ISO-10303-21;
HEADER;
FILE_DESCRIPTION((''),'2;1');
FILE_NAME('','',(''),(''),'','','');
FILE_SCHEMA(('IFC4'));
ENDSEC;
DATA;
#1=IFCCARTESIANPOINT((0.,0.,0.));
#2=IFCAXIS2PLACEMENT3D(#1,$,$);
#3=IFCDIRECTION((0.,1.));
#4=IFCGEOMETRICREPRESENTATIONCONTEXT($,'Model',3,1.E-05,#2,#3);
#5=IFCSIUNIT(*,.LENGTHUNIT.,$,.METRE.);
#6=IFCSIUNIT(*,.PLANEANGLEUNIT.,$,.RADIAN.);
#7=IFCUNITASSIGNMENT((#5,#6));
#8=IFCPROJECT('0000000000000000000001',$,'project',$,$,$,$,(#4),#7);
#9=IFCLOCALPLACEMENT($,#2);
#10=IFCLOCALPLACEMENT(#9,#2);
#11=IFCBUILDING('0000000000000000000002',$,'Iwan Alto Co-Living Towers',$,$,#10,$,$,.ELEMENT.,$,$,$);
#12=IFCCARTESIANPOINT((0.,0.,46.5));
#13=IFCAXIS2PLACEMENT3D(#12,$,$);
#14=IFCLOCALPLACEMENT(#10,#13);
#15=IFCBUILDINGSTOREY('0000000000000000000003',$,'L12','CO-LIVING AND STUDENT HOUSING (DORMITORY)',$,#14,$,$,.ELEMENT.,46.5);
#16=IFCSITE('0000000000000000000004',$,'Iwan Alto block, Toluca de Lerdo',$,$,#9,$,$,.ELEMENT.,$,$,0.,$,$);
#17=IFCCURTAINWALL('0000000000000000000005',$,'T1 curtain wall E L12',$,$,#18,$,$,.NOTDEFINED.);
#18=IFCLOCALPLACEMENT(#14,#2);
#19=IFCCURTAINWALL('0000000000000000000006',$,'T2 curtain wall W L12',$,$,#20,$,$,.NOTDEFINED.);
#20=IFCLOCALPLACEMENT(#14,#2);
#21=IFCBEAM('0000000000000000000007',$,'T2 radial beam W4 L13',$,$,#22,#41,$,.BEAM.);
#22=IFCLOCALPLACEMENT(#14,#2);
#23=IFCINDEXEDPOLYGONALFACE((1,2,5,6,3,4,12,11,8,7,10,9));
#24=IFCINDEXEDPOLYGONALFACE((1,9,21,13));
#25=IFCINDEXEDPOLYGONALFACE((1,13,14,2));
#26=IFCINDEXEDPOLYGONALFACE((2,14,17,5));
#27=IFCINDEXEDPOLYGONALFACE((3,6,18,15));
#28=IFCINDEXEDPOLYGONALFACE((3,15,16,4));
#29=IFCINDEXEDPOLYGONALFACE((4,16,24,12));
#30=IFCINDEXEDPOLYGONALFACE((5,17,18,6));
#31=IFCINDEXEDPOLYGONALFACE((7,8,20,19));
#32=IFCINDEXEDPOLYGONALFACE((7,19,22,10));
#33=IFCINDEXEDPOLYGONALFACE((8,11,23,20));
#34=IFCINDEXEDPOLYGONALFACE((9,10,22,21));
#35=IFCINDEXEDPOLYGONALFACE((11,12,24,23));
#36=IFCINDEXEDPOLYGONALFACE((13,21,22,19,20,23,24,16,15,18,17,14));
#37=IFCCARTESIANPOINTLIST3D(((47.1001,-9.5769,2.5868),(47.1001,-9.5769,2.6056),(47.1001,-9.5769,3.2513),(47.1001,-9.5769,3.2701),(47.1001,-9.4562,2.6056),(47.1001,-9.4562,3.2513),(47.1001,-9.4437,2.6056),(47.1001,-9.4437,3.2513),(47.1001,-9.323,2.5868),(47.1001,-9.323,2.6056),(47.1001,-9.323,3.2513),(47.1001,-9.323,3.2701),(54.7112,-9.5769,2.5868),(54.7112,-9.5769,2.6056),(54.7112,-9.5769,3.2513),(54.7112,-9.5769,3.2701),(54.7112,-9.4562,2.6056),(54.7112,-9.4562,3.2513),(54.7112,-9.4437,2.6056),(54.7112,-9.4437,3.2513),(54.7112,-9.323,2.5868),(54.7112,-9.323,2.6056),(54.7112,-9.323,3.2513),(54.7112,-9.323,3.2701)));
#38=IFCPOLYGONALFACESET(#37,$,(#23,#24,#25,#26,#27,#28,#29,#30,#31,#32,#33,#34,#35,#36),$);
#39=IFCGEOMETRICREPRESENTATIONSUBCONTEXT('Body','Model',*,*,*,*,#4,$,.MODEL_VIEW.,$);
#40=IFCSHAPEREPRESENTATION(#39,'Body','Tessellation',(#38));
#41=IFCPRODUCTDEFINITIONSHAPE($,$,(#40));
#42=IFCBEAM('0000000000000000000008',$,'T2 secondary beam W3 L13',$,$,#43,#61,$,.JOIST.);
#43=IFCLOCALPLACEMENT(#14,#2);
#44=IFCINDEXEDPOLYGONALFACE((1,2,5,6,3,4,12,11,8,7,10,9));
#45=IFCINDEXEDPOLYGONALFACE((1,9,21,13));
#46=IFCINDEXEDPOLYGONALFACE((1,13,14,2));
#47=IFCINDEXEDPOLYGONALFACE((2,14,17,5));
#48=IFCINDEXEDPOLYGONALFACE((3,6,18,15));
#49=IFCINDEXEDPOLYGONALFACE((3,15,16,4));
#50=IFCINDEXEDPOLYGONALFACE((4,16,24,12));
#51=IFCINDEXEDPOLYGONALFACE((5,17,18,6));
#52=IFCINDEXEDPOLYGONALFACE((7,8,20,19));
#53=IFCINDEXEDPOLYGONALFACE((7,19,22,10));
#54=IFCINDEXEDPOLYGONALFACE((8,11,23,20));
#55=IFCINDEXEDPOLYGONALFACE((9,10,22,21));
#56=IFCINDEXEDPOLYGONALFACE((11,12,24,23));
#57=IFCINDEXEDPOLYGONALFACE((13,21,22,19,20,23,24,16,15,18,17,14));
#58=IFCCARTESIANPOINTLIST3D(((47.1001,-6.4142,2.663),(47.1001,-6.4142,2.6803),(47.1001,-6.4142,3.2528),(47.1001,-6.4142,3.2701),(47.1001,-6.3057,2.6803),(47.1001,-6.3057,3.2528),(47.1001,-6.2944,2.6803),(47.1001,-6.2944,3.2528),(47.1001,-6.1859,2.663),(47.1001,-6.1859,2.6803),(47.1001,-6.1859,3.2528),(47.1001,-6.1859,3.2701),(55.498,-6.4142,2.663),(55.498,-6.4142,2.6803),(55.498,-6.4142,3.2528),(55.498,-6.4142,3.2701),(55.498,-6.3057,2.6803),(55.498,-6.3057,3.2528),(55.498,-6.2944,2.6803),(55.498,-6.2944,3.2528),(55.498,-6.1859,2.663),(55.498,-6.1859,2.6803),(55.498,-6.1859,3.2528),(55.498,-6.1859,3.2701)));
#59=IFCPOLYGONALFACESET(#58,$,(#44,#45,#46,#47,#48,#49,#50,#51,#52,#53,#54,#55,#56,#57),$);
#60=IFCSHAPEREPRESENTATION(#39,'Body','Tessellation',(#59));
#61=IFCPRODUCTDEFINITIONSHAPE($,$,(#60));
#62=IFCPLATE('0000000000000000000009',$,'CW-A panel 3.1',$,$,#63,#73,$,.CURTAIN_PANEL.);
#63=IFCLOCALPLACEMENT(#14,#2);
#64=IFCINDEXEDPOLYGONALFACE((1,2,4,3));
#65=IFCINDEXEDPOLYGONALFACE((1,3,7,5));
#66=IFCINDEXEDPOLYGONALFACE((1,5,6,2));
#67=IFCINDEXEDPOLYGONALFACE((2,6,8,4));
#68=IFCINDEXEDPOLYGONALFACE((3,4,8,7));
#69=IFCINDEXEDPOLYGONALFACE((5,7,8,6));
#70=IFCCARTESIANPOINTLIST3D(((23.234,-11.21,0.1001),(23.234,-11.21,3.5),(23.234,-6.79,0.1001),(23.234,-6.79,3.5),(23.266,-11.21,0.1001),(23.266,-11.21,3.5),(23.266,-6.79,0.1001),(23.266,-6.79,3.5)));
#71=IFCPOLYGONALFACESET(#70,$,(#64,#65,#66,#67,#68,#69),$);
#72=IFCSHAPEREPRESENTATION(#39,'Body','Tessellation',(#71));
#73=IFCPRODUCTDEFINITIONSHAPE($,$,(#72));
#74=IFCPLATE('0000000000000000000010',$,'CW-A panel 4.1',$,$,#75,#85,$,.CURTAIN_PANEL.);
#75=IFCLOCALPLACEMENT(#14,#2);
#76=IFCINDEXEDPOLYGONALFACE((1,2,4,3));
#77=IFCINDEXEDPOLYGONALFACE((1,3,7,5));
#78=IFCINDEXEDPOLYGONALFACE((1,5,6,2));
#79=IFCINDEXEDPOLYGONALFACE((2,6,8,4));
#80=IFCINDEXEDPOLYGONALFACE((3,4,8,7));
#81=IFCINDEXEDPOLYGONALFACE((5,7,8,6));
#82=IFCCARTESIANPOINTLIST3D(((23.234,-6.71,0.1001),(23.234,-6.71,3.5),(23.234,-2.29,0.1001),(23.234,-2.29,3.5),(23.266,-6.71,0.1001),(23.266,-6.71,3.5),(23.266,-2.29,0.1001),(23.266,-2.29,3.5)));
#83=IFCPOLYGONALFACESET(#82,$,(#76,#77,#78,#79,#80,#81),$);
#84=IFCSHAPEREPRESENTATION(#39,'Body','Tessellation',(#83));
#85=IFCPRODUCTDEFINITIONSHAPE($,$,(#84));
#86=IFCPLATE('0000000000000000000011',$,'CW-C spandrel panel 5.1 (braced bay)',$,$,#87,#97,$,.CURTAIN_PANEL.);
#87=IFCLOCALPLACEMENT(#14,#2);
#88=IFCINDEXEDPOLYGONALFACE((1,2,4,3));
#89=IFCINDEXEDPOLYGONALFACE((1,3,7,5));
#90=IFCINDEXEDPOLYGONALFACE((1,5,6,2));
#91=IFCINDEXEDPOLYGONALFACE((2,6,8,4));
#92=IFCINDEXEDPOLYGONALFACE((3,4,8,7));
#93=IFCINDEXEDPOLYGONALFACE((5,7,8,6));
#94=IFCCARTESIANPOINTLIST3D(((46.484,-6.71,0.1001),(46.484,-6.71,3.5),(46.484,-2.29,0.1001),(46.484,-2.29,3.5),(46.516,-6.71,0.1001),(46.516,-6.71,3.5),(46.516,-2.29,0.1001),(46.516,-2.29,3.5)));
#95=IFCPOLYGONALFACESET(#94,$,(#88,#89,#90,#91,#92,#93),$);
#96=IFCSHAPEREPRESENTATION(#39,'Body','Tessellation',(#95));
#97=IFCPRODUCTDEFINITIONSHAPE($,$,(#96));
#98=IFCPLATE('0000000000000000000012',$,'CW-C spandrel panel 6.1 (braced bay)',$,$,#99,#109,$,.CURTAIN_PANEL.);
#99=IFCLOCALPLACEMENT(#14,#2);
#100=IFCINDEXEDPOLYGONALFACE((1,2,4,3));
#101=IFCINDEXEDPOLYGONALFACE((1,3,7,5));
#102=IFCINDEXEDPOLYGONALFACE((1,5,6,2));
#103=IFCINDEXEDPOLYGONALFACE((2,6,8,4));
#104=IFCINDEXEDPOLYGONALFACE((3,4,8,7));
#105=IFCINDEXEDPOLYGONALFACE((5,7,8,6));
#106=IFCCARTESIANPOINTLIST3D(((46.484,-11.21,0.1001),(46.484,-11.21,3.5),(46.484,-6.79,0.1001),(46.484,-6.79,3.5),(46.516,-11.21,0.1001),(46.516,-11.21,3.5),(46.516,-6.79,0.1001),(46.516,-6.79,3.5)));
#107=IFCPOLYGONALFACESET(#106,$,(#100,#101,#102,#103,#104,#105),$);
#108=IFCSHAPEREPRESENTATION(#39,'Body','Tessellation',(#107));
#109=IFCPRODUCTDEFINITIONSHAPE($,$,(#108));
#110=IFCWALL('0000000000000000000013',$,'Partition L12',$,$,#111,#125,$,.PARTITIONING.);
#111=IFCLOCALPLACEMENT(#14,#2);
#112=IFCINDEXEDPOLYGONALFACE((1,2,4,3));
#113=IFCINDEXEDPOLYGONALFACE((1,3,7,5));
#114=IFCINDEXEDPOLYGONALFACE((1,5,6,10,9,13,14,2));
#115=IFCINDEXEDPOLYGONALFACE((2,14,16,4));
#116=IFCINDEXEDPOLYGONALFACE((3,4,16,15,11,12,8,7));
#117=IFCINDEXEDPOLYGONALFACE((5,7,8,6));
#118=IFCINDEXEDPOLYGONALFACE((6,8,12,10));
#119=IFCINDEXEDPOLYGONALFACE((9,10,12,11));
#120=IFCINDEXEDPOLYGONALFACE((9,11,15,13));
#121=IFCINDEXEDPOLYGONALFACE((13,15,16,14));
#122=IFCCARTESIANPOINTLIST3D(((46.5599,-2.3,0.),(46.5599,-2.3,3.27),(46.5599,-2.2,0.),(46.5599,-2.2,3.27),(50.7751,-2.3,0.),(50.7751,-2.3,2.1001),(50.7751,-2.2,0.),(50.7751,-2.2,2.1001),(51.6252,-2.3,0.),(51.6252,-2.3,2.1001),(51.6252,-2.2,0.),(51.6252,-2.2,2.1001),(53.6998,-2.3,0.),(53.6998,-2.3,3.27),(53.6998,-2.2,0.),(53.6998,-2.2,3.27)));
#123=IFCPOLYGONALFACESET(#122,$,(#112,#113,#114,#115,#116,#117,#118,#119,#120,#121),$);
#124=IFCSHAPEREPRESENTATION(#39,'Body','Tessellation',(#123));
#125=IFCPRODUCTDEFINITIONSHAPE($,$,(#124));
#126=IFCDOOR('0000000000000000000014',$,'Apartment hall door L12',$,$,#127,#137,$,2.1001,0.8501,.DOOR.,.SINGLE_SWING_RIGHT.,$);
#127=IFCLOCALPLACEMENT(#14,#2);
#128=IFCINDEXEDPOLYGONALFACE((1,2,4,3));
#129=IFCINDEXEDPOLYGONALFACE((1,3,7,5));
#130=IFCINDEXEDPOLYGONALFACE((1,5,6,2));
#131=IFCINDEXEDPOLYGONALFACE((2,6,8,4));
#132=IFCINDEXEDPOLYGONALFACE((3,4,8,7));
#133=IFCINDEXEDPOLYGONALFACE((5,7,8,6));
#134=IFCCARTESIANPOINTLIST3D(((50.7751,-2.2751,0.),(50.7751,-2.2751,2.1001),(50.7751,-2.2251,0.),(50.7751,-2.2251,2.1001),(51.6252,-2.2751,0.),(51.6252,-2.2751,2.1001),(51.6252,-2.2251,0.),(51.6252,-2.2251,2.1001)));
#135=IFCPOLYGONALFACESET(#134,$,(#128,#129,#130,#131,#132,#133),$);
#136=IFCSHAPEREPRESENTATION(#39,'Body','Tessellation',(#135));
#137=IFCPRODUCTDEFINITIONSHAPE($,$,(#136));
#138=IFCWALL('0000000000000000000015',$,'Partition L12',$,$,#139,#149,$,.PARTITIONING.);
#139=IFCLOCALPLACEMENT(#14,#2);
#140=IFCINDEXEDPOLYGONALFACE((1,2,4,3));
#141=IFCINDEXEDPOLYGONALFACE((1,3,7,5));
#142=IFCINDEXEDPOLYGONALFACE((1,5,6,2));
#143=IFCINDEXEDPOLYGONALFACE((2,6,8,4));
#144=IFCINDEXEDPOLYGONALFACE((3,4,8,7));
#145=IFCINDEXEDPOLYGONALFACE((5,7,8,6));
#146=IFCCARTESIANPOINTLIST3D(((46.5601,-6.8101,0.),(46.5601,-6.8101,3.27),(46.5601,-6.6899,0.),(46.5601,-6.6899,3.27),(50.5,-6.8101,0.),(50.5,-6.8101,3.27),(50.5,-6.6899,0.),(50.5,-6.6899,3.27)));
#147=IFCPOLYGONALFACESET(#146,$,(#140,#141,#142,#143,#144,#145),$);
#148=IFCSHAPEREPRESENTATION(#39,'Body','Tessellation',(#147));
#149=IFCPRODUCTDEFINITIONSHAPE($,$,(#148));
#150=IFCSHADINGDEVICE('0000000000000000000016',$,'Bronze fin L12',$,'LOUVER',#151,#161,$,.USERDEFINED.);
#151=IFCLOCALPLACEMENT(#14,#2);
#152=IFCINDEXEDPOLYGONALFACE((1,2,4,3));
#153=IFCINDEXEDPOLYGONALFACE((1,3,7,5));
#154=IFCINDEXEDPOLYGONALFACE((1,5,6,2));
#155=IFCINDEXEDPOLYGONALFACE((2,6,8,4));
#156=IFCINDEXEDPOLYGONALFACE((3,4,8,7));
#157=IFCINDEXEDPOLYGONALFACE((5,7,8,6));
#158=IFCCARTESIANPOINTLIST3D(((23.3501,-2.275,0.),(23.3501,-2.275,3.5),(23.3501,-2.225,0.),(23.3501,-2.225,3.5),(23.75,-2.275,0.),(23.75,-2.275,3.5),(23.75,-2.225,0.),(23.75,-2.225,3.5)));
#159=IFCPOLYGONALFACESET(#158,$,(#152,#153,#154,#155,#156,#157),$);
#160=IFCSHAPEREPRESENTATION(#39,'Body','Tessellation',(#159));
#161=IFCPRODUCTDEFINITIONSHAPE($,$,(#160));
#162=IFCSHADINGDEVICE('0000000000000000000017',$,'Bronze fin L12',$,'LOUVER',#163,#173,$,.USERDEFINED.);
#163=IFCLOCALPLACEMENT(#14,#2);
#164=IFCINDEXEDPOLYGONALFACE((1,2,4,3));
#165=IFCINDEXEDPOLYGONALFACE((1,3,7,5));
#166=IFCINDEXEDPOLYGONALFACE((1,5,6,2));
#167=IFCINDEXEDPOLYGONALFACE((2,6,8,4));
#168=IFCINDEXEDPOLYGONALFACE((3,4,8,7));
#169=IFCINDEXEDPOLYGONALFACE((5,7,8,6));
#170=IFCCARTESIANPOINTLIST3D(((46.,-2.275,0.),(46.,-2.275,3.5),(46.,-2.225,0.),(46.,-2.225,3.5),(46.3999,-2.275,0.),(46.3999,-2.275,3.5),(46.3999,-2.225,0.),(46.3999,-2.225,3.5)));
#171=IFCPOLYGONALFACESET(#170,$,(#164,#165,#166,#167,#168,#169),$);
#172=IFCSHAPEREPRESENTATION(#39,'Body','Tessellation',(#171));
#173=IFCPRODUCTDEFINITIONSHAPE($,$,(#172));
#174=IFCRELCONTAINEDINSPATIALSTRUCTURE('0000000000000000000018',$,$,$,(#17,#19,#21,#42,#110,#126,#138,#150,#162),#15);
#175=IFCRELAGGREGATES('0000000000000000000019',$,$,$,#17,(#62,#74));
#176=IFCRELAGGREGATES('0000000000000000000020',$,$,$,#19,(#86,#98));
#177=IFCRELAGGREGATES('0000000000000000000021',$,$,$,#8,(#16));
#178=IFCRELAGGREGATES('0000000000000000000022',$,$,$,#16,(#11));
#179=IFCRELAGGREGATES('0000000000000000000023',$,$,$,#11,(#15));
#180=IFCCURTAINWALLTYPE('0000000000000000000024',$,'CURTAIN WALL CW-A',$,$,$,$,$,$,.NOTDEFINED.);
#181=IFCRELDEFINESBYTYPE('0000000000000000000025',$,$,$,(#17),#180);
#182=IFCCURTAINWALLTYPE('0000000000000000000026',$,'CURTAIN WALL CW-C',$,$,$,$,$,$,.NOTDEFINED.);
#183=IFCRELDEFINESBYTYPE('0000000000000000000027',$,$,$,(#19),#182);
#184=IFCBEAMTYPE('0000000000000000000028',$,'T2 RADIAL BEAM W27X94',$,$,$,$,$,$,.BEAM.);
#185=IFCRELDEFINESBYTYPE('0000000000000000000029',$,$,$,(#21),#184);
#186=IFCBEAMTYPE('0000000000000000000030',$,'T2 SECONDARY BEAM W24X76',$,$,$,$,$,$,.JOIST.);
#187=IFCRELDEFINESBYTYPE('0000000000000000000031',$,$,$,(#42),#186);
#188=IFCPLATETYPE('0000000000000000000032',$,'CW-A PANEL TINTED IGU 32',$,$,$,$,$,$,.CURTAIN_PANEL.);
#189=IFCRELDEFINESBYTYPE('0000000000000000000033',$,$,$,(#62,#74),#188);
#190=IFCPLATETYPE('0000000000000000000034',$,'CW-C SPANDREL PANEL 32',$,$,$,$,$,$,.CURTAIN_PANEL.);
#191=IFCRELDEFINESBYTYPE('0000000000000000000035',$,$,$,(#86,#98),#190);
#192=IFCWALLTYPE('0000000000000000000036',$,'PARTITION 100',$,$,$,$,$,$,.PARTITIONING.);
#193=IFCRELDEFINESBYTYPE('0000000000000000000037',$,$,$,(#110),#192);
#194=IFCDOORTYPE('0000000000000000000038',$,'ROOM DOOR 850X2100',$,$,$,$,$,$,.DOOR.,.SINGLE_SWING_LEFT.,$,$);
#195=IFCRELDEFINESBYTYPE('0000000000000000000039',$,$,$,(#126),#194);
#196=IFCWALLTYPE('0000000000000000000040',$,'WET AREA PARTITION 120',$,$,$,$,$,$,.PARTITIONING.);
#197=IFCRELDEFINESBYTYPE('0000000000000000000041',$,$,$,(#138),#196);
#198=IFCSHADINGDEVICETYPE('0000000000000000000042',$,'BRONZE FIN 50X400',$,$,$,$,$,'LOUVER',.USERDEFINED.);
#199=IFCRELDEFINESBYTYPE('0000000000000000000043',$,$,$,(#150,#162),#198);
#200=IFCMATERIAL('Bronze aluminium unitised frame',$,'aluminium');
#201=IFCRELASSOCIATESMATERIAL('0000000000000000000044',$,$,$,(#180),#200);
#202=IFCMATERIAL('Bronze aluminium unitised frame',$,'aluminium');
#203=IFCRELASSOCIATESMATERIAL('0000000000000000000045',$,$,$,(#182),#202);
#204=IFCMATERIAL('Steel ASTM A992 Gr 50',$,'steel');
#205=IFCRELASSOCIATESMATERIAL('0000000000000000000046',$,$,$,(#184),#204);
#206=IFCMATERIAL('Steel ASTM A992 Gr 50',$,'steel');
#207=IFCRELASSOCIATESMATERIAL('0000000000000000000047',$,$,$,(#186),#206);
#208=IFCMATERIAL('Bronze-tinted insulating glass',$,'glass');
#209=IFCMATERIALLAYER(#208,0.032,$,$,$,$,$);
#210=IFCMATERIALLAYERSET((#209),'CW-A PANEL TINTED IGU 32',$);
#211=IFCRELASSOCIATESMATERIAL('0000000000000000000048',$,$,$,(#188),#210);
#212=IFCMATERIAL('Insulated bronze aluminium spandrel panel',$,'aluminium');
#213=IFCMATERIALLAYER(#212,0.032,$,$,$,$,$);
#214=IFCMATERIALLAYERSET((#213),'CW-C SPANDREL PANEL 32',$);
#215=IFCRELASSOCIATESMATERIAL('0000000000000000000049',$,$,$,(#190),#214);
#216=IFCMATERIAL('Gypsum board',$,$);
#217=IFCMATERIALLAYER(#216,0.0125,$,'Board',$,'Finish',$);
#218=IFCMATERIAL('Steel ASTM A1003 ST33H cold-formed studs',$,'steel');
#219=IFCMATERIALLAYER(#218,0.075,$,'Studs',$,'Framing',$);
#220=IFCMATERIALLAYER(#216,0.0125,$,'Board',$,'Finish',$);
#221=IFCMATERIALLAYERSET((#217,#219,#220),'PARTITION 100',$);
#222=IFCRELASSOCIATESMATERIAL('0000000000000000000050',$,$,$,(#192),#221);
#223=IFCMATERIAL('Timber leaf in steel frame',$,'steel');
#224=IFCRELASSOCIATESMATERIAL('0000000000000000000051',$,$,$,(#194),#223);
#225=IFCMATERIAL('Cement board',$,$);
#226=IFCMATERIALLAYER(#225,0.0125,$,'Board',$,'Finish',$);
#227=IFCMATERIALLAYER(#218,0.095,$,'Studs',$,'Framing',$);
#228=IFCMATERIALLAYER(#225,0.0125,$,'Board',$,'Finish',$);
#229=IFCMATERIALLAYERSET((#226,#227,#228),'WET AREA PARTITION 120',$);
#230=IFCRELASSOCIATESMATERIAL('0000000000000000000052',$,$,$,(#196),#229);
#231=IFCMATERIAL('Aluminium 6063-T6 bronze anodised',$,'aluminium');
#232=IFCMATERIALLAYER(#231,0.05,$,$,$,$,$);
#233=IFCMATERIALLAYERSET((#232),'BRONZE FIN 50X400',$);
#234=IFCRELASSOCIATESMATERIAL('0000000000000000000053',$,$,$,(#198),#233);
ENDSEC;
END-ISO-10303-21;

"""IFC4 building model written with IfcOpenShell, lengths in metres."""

from ifc_helpers import new_model, si_unit, direction, frame, frame_2d, origin, origin_2d, place, context, subcontext, project, spatial, rectangle, i_section, extrude, material, layer, layer_set, material_profile, profile_set, type_object, element, fill, aggregate, save


model = new_model("IFC4")

# Units and contexts
model_context = context("Model", 3, precision=1e-05, world=origin(), true_north=direction((0.0, 1.0)))
body_context = subcontext(model_context, "Body", "Model", "MODEL_VIEW")
ifc_project = project(units=[si_unit("LENGTHUNIT", "METRE"), si_unit("PLANEANGLEUNIT", "RADIAN")], contexts=[model_context])

# Site, building, storey
site_placement = place(None, origin())
site = spatial("IfcSite", under=ifc_project, at=site_placement, Name="Iwan Alto block, Toluca de Lerdo", CompositionType="ELEMENT", RefElevation=0.0)
building_placement = place(site_placement, origin())
building = spatial("IfcBuilding", under=site, at=building_placement, Name="Iwan Alto Co-Living Towers", CompositionType="ELEMENT")
storey_placement = place(building_placement, frame((0.0, 0.0, 46.5)))
storey = spatial("IfcBuildingStorey", under=building, at=storey_placement, Name="L12", Description="CO-LIVING AND STUDENT HOUSING (DORMITORY)", CompositionType="ELEMENT", Elevation=46.5)

# Curtain walls
ifc_material_1 = material(Name="Bronze aluminium unitised frame", Category="aluminium")
curtain_wall_type_1 = type_object("IfcCurtainWallType", Name="CURTAIN WALL CW-A", PredefinedType="NOTDEFINED", material=ifc_material_1)
curtain_wall_1_placement = place(storey_placement, origin())
curtain_wall_1 = element("IfcCurtainWall", 1, at=curtain_wall_1_placement, inside=storey, type_object=curtain_wall_type_1, Name="T1 curtain wall E L12", PredefinedType="NOTDEFINED")
ifc_material_2 = material(Name="Bronze aluminium unitised frame", Category="aluminium")
curtain_wall_type_2 = type_object("IfcCurtainWallType", Name="CURTAIN WALL CW-C", PredefinedType="NOTDEFINED", material=ifc_material_2)
curtain_wall_2_placement = place(storey_placement, origin())
curtain_wall_2 = element("IfcCurtainWall", 2, at=curtain_wall_2_placement, inside=storey, type_object=curtain_wall_type_2, Name="T2 curtain wall W L12", PredefinedType="NOTDEFINED")

# Beams
ifc_material_3 = material(Name="Steel ASTM A992 Gr 50", Category="steel")
ifc_material_profile_1 = material_profile(ifc_material_3, i_section(OverallWidth=0.2539, OverallDepth=0.6833, WebThickness=0.0125, FlangeThickness=0.0188, at=origin_2d()), Name="W27X94")
ifc_profile_set_1 = profile_set([ifc_material_profile_1], Name="Steel ASTM A992 Gr 50")
beam_type_1 = type_object("IfcBeamType", Name="T2 RADIAL BEAM W27X94", PredefinedType="BEAM", material=ifc_profile_set_1)
beam_1_placement = place(storey_placement, frame((47.1001, -9.45, 2.9285), z_axis=(1.0, 0.0, 0.0), x_axis=(0.0, 1.0, 0.0)))
element("IfcBeam", 3, at=beam_1_placement, inside=storey, type_object=beam_type_1, Name="T2 radial beam W4 L13", PredefinedType="BEAM", context=body_context, shape_type="SweptSolid", body=[
    extrude(i_section(OverallWidth=0.2539, OverallDepth=0.6833, WebThickness=0.0125, FlangeThickness=0.0188, at=origin_2d()), origin(), (0.0, 0.0, 1.0), 7.6111),
])
ifc_material_4 = material(Name="Steel ASTM A992 Gr 50", Category="steel")
ifc_material_profile_2 = material_profile(ifc_material_4, i_section(OverallWidth=0.2283, OverallDepth=0.6072, WebThickness=0.0112, FlangeThickness=0.0173, at=origin_2d()), Name="W24X76")
ifc_profile_set_2 = profile_set([ifc_material_profile_2], Name="Steel ASTM A992 Gr 50")
beam_type_2 = type_object("IfcBeamType", Name="T2 SECONDARY BEAM W24X76", PredefinedType="JOIST", material=ifc_profile_set_2)
beam_2_placement = place(storey_placement, frame((47.1001, -6.3, 2.9666), z_axis=(1.0, 0.0, 0.0), x_axis=(0.0, 1.0, 0.0)))
element("IfcBeam", 4, at=beam_2_placement, inside=storey, type_object=beam_type_2, Name="T2 secondary beam W3 L13", PredefinedType="JOIST", context=body_context, shape_type="SweptSolid", body=[
    extrude(i_section(OverallWidth=0.2283, OverallDepth=0.6072, WebThickness=0.0112, FlangeThickness=0.0173, at=origin_2d()), origin(), (0.0, 0.0, 1.0), 8.3979),
])

# Plates
ifc_material_5 = material(Name="Bronze-tinted insulating glass", Category="glass")
ifc_layer_1 = layer(ifc_material_5, 0.032)
ifc_layer_set_1 = layer_set([ifc_layer_1], Name="CW-A PANEL TINTED IGU 32")
plate_type_1 = type_object("IfcPlateType", Name="CW-A PANEL TINTED IGU 32", PredefinedType="CURTAIN_PANEL", material=ifc_layer_set_1)
plate_1_placement = place(storey_placement, frame((23.25, -9.0, 0.1001), z_axis=(0.0, 0.0, 1.0), x_axis=(0.0, 1.0, 0.0)))
plate_1 = element("IfcPlate", 5, at=plate_1_placement, type_object=plate_type_1, Name="CW-A panel 3.1", PredefinedType="CURTAIN_PANEL", context=body_context, shape_type="SweptSolid", body=[
    extrude(rectangle(XDim=4.4199, YDim=0.032, at=origin_2d()), origin(), (0.0, 0.0, 1.0), 3.3999),
])
plate_2_placement = place(storey_placement, frame((23.25, -4.5, 0.1001), z_axis=(0.0, 0.0, 1.0), x_axis=(0.0, 1.0, 0.0)))
plate_2 = element("IfcPlate", 6, at=plate_2_placement, type_object=plate_type_1, Name="CW-A panel 4.1", PredefinedType="CURTAIN_PANEL", context=body_context, shape_type="SweptSolid", body=[
    extrude(rectangle(XDim=4.4199, YDim=0.032, at=origin_2d()), origin(), (0.0, 0.0, 1.0), 3.3999),
])
aggregate(curtain_wall_1, [plate_1, plate_2])
ifc_material_6 = material(Name="Insulated bronze aluminium spandrel panel", Category="aluminium")
ifc_layer_2 = layer(ifc_material_6, 0.032)
ifc_layer_set_2 = layer_set([ifc_layer_2], Name="CW-C SPANDREL PANEL 32")
plate_type_2 = type_object("IfcPlateType", Name="CW-C SPANDREL PANEL 32", PredefinedType="CURTAIN_PANEL", material=ifc_layer_set_2)
plate_3_placement = place(storey_placement, frame((46.5, -4.5, 0.1001), z_axis=(0.0, 0.0, 1.0), x_axis=(0.0, -1.0, 0.0)))
plate_3 = element("IfcPlate", 7, at=plate_3_placement, type_object=plate_type_2, Name="CW-C spandrel panel 5.1 (braced bay)", PredefinedType="CURTAIN_PANEL", context=body_context, shape_type="SweptSolid", body=[
    extrude(rectangle(XDim=4.4199, YDim=0.032, at=origin_2d()), origin(), (0.0, 0.0, 1.0), 3.3999),
])
plate_4_placement = place(storey_placement, frame((46.5, -9.0, 0.1001), z_axis=(0.0, 0.0, 1.0), x_axis=(0.0, -1.0, 0.0)))
plate_4 = element("IfcPlate", 8, at=plate_4_placement, type_object=plate_type_2, Name="CW-C spandrel panel 6.1 (braced bay)", PredefinedType="CURTAIN_PANEL", context=body_context, shape_type="SweptSolid", body=[
    extrude(rectangle(XDim=4.4199, YDim=0.032, at=origin_2d()), origin(), (0.0, 0.0, 1.0), 3.3999),
])
aggregate(curtain_wall_2, [plate_3, plate_4])

# Wall, opening, door
ifc_material_7 = material(Name="Gypsum board")
ifc_layer_3 = layer(ifc_material_7, 0.0125, Name="Board", Category="Finish")
ifc_material_8 = material(Name="Steel ASTM A1003 ST33H cold-formed studs", Category="steel")
ifc_layer_4 = layer(ifc_material_8, 0.075, Name="Studs", Category="Framing")
ifc_layer_5 = layer(ifc_material_7, 0.0125, Name="Board", Category="Finish")
ifc_layer_set_3 = layer_set([ifc_layer_3, ifc_layer_4, ifc_layer_5], Name="PARTITION 100")
wall_type_1 = type_object("IfcWallType", Name="PARTITION 100", PredefinedType="PARTITIONING", material=ifc_layer_set_3)
wall_1_placement = place(storey_placement, frame((46.5601, -2.25, 0.0), z_axis=(0.0, 0.0, 1.0), x_axis=(1.0, 0.0, 0.0)))
wall_1 = element("IfcWall", 9, at=wall_1_placement, inside=storey, type_object=wall_type_1, Name="Partition L12", PredefinedType="PARTITIONING", context=body_context, shape_type="SweptSolid", body=[
    extrude(rectangle(XDim=7.1399, YDim=0.1001, at=frame_2d((3.5698, 0.0))), origin(), (0.0, 0.0, 1.0), 3.27),
])
opening_placement = place(wall_1_placement, frame((4.2151, 0.0, 0.0)))
opening = element("IfcOpeningElement", 10, at=opening_placement, cuts=wall_1, PredefinedType="OPENING", context=body_context, shape_type="SweptSolid", body=[
    extrude(rectangle(XDim=0.8501, YDim=2.1001, at=frame_2d((0.425, 1.05))), frame((0.0, 0.0601, 0.0), z_axis=(0.0, -1.0, 0.0), x_axis=(1.0, 0.0, 0.0)), (0.0, 0.0, 1.0), 0.1201),
])
ifc_material_9 = material(Name="Timber leaf in steel frame", Category="steel")
door_type = type_object("IfcDoorType", Name="ROOM DOOR 850X2100", OperationType="SINGLE_SWING_LEFT", PredefinedType="DOOR", material=ifc_material_9)
door_placement = place(opening_placement, origin())
door = element("IfcDoor", 11, at=door_placement, inside=storey, type_object=door_type, Name="Apartment hall door L12", OperationType="SINGLE_SWING_RIGHT", OverallHeight=2.1001, OverallWidth=0.8501, PredefinedType="DOOR", context=body_context, shape_type="SweptSolid", body=[
    extrude(rectangle(XDim=0.8501, YDim=2.1001, at=frame_2d((0.425, 1.05))), frame((0.0, 0.0249, 0.0), z_axis=(0.0, -1.0, 0.0), x_axis=(1.0, 0.0, 0.0)), (0.0, 0.0, 1.0), 0.05),
])
fill(opening, door)

# Wall
ifc_material_10 = material(Name="Cement board")
ifc_layer_6 = layer(ifc_material_10, 0.0125, Name="Board", Category="Finish")
ifc_layer_7 = layer(ifc_material_8, 0.095, Name="Studs", Category="Framing")
ifc_layer_8 = layer(ifc_material_10, 0.0125, Name="Board", Category="Finish")
ifc_layer_set_4 = layer_set([ifc_layer_6, ifc_layer_7, ifc_layer_8], Name="WET AREA PARTITION 120")
wall_type_2 = type_object("IfcWallType", Name="WET AREA PARTITION 120", PredefinedType="PARTITIONING", material=ifc_layer_set_4)
wall_2_placement = place(storey_placement, frame((46.5601, -6.75, 0.0), z_axis=(0.0, 0.0, 1.0), x_axis=(1.0, 0.0, 0.0)))
element("IfcWall", 12, at=wall_2_placement, inside=storey, type_object=wall_type_2, Name="Partition L12", PredefinedType="PARTITIONING", context=body_context, shape_type="SweptSolid", body=[
    extrude(rectangle(XDim=3.9399, YDim=0.1201, at=frame_2d((1.97, 0.0))), origin(), (0.0, 0.0, 1.0), 3.27),
])

# Shading devices
ifc_material_11 = material(Name="Aluminium 6063-T6 bronze anodised", Category="aluminium")
ifc_layer_9 = layer(ifc_material_11, 0.05)
ifc_layer_set_5 = layer_set([ifc_layer_9], Name="BRONZE FIN 50X400")
shading_device_type = type_object("IfcShadingDeviceType", Name="BRONZE FIN 50X400", ElementType="LOUVER", PredefinedType="USERDEFINED", material=ifc_layer_set_5)
for number, where, z_axis, x_axis, name in (
    (13, (23.55, -2.25, 0.0), (0.0, 0.0, 1.0), (0.0, 1.0, 0.0), "Bronze fin L12"),
    (14, (46.2, -2.25, 0.0), (0.0, 0.0, 1.0), (0.0, -1.0, 0.0), "Bronze fin L12"),
):
    element("IfcShadingDevice", number, at=place(storey_placement, frame(where, z_axis=z_axis, x_axis=x_axis)), inside=storey, type_object=shading_device_type, Name=name, ObjectType="LOUVER", PredefinedType="USERDEFINED", context=body_context, shape_type="SweptSolid", body=[
        extrude(rectangle(XDim=0.05, YDim=0.3999, at=origin_2d()), origin(), (0.0, 0.0, 1.0), 3.5),
    ])

save(model, "model.ifc")
